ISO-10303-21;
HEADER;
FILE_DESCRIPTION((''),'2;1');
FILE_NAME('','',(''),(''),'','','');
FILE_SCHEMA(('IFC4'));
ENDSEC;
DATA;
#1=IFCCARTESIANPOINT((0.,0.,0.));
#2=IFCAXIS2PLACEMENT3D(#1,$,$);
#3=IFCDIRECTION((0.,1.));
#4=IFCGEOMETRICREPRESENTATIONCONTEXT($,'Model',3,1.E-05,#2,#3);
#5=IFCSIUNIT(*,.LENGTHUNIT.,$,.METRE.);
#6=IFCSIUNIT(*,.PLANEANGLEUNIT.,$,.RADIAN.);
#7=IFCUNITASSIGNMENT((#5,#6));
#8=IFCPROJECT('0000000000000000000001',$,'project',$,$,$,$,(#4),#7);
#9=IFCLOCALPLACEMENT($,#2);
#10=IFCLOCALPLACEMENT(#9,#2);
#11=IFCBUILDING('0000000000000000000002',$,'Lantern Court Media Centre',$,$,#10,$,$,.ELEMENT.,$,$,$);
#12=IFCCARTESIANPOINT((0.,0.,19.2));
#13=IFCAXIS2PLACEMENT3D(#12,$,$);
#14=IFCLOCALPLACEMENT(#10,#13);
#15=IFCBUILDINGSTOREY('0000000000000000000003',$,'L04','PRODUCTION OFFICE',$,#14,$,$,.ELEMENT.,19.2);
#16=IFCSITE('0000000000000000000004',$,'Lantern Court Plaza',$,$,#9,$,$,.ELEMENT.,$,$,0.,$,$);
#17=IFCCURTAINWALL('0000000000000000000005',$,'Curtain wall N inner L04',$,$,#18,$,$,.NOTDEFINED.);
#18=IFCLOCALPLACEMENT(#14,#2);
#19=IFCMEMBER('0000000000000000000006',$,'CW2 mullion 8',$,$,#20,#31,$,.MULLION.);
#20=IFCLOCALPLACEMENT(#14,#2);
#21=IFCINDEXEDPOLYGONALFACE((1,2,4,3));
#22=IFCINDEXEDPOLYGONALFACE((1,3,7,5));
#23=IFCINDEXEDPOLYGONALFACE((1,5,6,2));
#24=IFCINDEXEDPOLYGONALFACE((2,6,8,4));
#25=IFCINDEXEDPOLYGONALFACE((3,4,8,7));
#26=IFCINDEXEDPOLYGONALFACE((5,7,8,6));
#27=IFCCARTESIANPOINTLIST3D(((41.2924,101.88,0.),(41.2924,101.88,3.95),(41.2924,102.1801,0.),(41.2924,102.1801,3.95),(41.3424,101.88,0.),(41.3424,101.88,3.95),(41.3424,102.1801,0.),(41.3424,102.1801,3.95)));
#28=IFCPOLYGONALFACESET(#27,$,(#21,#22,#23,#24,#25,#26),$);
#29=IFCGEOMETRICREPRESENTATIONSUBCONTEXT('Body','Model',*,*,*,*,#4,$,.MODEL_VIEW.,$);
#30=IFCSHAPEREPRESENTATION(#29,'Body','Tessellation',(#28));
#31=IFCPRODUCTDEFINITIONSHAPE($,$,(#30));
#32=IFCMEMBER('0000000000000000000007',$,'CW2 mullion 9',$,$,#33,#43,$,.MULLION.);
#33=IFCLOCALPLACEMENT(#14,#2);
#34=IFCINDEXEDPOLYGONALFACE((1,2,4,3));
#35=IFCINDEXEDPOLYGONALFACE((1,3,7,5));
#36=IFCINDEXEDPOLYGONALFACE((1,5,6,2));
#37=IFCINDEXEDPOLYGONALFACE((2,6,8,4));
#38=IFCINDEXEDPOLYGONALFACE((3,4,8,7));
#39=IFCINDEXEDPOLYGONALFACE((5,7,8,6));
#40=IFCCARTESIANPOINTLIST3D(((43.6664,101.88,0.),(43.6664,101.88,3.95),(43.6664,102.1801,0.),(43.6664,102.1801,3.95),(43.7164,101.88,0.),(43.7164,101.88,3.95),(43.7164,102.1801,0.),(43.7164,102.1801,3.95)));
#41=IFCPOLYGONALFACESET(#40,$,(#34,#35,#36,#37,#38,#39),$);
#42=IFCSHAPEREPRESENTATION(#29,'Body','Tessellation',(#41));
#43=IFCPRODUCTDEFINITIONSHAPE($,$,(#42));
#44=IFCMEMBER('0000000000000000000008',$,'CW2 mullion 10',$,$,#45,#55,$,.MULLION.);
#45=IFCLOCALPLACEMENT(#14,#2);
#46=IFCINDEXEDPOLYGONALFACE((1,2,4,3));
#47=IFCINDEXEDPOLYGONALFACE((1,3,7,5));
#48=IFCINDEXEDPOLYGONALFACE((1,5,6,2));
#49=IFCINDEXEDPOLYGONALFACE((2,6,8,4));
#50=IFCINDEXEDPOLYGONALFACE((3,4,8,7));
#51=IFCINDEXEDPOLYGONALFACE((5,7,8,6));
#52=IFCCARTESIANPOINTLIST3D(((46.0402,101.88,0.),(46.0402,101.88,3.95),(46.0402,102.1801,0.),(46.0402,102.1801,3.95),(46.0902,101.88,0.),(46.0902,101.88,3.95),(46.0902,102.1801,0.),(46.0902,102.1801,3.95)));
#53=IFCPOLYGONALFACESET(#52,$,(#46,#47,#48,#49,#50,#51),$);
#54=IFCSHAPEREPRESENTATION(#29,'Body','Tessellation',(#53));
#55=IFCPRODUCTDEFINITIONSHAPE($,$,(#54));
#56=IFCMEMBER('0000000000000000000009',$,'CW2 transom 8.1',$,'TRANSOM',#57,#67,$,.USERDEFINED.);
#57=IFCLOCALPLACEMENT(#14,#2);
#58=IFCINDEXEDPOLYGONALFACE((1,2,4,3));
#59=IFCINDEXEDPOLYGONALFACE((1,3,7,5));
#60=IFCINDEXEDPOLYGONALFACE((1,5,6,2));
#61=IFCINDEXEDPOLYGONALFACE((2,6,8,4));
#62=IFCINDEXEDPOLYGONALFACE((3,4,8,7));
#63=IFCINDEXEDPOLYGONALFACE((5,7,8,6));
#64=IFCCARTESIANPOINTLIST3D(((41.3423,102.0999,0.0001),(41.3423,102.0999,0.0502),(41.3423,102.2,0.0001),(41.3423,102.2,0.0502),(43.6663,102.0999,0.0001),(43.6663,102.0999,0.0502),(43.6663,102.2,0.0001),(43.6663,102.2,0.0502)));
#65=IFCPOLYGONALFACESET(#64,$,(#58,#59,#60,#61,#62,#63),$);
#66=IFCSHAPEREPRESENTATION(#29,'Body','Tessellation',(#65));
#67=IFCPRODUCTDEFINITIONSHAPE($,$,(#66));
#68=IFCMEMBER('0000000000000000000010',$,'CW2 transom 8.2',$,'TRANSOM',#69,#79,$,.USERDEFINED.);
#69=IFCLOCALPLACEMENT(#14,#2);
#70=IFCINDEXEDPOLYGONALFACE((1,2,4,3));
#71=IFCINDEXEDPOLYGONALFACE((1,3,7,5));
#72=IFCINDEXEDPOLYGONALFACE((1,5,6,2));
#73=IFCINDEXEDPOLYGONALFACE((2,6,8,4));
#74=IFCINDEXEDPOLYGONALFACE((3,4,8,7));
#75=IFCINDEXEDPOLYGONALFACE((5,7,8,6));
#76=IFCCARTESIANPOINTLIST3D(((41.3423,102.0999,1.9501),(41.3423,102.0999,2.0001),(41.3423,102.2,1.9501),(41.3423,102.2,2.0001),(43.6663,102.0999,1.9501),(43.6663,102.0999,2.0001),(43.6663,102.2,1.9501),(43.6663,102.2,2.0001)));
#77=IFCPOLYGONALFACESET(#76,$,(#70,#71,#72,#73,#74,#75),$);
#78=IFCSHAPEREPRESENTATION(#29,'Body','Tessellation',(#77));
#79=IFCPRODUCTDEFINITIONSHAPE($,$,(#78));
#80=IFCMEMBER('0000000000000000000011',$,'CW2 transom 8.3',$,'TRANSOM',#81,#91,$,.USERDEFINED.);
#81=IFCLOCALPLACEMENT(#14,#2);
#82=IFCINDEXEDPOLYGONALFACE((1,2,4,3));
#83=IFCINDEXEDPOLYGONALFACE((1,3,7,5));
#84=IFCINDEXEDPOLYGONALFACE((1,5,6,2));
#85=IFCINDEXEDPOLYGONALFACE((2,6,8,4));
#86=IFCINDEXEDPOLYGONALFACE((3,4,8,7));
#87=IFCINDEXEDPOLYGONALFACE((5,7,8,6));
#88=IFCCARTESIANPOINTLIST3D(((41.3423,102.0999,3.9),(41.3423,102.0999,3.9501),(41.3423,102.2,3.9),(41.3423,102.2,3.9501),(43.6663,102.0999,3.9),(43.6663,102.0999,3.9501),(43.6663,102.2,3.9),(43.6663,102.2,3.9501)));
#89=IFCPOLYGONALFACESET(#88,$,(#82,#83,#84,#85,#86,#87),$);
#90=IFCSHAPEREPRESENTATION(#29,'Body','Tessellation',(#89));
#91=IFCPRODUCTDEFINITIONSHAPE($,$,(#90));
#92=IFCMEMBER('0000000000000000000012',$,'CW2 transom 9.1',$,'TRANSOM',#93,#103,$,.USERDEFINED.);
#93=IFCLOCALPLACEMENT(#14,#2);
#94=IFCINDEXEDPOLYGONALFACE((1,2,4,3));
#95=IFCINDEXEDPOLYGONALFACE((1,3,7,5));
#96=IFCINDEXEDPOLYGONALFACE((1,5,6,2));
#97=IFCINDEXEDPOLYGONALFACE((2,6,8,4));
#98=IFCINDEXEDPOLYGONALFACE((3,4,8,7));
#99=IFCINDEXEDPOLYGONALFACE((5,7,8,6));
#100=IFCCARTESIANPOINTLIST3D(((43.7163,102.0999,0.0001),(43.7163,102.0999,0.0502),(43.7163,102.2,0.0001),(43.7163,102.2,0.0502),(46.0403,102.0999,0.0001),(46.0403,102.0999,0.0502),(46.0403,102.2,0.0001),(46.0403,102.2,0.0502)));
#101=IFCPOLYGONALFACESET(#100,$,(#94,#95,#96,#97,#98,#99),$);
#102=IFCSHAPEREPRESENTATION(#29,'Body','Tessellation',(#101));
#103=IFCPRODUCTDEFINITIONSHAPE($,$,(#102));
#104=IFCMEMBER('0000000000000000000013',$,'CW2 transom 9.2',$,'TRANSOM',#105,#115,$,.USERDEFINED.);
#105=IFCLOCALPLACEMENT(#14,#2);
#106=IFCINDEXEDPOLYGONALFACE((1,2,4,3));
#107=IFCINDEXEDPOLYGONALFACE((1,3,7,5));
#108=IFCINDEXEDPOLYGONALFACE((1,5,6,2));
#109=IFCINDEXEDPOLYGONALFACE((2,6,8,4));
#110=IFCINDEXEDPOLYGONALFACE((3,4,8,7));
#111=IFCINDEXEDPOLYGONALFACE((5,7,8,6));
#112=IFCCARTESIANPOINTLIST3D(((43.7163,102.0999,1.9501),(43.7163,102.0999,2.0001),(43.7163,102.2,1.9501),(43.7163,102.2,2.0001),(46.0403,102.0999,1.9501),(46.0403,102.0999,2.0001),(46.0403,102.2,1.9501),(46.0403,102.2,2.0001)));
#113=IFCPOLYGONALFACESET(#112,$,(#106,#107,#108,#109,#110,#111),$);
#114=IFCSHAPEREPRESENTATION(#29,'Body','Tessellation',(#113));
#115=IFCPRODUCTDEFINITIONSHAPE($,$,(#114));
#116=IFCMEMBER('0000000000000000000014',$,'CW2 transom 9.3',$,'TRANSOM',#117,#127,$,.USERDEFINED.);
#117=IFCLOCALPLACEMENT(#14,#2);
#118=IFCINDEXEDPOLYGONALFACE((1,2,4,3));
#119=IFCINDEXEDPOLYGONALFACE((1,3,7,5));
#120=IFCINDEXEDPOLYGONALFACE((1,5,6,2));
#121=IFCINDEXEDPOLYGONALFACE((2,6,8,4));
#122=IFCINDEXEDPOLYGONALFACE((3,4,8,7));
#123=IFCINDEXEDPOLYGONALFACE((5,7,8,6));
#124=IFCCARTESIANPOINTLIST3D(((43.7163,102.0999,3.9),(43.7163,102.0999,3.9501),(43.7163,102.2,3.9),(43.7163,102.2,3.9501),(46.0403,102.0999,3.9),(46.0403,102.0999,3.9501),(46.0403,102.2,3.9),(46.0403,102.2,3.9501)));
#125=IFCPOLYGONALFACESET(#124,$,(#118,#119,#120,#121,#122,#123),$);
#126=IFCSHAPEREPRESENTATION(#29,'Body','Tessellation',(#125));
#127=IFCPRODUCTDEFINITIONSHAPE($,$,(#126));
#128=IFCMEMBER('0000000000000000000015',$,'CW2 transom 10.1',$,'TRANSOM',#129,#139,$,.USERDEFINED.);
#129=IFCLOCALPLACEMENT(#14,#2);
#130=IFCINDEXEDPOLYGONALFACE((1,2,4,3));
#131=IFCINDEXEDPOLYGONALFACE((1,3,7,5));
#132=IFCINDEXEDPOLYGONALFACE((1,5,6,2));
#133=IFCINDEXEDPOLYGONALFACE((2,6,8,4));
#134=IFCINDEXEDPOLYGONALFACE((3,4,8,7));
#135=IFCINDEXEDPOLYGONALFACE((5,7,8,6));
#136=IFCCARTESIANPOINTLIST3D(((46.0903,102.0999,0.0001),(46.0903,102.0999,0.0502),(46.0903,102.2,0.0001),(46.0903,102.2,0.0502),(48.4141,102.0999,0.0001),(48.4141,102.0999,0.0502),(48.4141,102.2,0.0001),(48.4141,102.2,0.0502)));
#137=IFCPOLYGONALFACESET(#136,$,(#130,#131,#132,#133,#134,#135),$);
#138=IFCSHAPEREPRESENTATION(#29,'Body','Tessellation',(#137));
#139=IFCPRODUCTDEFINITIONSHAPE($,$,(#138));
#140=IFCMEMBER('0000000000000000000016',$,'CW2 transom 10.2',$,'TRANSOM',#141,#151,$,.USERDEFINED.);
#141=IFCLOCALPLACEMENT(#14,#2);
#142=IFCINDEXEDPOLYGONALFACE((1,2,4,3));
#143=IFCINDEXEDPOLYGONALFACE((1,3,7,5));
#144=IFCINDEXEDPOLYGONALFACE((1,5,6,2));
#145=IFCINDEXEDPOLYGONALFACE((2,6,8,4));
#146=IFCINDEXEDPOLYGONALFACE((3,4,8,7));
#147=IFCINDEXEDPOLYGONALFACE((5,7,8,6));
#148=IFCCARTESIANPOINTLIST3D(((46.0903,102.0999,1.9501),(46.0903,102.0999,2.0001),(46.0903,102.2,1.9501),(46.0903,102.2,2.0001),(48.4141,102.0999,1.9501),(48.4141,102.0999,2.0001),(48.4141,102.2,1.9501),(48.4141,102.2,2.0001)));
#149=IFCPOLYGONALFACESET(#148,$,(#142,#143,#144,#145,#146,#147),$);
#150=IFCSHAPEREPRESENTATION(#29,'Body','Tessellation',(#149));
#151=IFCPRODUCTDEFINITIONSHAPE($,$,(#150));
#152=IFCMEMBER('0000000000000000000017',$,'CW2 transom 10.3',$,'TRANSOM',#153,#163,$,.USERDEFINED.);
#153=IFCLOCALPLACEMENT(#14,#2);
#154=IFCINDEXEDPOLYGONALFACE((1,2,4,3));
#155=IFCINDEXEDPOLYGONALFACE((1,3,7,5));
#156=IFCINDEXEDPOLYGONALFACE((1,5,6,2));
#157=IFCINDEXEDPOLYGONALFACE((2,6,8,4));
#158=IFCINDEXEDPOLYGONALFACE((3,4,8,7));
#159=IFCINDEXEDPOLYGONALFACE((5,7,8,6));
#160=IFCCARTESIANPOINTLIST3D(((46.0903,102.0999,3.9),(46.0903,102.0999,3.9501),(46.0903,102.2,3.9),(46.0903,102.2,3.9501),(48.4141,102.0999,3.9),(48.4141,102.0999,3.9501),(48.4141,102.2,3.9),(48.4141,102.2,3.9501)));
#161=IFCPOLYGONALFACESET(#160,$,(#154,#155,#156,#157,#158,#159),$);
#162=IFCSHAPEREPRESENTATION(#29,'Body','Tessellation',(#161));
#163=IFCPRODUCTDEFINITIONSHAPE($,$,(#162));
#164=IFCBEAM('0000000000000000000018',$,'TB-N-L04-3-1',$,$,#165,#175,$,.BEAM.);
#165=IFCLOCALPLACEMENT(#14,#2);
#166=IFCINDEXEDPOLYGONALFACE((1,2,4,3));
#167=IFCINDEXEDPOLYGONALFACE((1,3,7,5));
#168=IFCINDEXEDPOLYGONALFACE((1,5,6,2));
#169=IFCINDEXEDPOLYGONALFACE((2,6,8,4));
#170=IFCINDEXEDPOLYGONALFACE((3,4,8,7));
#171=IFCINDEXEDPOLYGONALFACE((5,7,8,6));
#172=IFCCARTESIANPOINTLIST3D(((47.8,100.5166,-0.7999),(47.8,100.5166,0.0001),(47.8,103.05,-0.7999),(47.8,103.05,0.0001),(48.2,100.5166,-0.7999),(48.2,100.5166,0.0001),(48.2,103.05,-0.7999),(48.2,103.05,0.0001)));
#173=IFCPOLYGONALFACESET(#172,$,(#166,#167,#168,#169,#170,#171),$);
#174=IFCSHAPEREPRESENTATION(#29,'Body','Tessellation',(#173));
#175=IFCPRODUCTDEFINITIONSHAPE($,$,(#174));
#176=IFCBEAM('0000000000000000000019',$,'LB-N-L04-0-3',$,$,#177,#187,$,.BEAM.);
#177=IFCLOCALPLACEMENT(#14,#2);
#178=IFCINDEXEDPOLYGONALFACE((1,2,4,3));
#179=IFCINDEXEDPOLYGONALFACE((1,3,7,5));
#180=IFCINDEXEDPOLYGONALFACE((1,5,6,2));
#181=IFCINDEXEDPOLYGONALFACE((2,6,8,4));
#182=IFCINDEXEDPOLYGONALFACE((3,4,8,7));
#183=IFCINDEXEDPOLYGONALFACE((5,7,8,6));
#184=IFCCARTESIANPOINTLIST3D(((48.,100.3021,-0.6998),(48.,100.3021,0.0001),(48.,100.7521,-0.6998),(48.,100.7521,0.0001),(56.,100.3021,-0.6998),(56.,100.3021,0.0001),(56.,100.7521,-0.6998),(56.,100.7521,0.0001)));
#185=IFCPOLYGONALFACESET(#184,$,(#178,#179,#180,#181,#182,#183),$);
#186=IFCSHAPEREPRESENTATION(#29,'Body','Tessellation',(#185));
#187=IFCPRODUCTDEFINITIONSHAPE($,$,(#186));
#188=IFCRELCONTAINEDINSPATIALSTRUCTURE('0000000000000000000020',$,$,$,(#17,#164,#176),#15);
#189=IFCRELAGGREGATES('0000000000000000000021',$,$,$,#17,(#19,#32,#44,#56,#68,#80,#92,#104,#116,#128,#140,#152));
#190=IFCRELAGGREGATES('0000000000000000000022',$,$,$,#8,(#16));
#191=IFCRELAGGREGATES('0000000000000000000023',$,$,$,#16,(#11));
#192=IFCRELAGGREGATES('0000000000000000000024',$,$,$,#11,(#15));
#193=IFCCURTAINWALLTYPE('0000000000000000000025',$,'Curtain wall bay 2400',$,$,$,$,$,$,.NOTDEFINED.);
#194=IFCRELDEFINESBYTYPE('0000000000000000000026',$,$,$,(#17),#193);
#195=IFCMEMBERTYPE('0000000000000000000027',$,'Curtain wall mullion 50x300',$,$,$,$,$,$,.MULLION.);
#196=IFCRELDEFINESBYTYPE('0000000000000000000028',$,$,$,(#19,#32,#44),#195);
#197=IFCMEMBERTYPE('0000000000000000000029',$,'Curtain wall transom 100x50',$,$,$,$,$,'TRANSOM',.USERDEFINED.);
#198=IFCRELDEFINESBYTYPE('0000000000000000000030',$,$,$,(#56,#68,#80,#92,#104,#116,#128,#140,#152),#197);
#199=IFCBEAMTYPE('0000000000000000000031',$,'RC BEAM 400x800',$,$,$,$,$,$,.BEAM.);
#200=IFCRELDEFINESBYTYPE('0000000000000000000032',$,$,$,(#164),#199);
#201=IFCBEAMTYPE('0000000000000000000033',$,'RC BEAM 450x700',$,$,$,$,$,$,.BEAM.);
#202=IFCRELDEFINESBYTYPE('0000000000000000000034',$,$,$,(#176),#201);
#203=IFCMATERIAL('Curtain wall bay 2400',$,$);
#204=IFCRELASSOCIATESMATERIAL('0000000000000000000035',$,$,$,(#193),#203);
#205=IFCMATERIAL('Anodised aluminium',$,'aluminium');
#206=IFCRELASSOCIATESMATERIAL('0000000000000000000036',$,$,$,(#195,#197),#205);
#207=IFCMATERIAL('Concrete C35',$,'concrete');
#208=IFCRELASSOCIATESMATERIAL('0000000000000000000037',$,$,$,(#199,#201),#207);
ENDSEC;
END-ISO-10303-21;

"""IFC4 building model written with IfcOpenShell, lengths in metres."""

from ifc_helpers import new_model, si_unit, direction, frame, origin, origin_2d, place, context, subcontext, project, spatial, rectangle, extrude, material, material_profile, profile_set, type_object, element, aggregate, save


model = new_model("IFC4")

# Units and contexts
model_context = context("Model", 3, precision=1e-05, world=origin(), true_north=direction((0.0, 1.0)))
body_context = subcontext(model_context, "Body", "Model", "MODEL_VIEW")
ifc_project = project(units=[si_unit("LENGTHUNIT", "METRE"), si_unit("PLANEANGLEUNIT", "RADIAN")], contexts=[model_context])

# Site, building, storey
site_placement = place(None, origin())
site = spatial("IfcSite", under=ifc_project, at=site_placement, Name="Lantern Court Plaza", CompositionType="ELEMENT", RefElevation=0.0)
building_placement = place(site_placement, origin())
building = spatial("IfcBuilding", under=site, at=building_placement, Name="Lantern Court Media Centre", CompositionType="ELEMENT")
storey_placement = place(building_placement, frame((0.0, 0.0, 19.2)))
storey = spatial("IfcBuildingStorey", under=building, at=storey_placement, Name="L04", Description="PRODUCTION OFFICE", CompositionType="ELEMENT", Elevation=19.2)

# Curtain wall, members
ifc_material_1 = material(Name="Curtain wall bay 2400")
curtain_wall_type = type_object("IfcCurtainWallType", Name="Curtain wall bay 2400", PredefinedType="NOTDEFINED", material=ifc_material_1)
curtain_wall_placement = place(storey_placement, origin())
curtain_wall = element("IfcCurtainWall", 1, at=curtain_wall_placement, inside=storey, type_object=curtain_wall_type, Name="Curtain wall N inner L04", PredefinedType="NOTDEFINED")
ifc_material_2 = material(Name="Anodised aluminium", Category="aluminium")
ifc_material_profile_1 = material_profile(ifc_material_2, rectangle(XDim=0.3, YDim=0.05, at=origin_2d()), Name="AL 50x300")
ifc_profile_set_1 = profile_set([ifc_material_profile_1], Name="Anodised aluminium")
member_type_1 = type_object("IfcMemberType", Name="Curtain wall mullion 50x300", PredefinedType="MULLION", material=ifc_profile_set_1)
member_1_placement = place(storey_placement, frame((41.3174, 102.03, 0.0), z_axis=(0.0, 0.0, 1.0), x_axis=(0.0, 1.0, 0.0)))
member_1 = element("IfcMember", 2, at=member_1_placement, type_object=member_type_1, Name="CW2 mullion 8", PredefinedType="MULLION", context=body_context, shape_type="SweptSolid", body=[
    extrude(rectangle(XDim=0.3, YDim=0.05, at=origin_2d()), origin(), (0.0, 0.0, 1.0), 3.95),
])
member_2_placement = place(storey_placement, frame((43.6914, 102.03, 0.0), z_axis=(0.0, 0.0, 1.0), x_axis=(0.0, 1.0, 0.0)))
member_2 = element("IfcMember", 3, at=member_2_placement, type_object=member_type_1, Name="CW2 mullion 9", PredefinedType="MULLION", context=body_context, shape_type="SweptSolid", body=[
    extrude(rectangle(XDim=0.3, YDim=0.05, at=origin_2d()), origin(), (0.0, 0.0, 1.0), 3.95),
])
member_3_placement = place(storey_placement, frame((46.0652, 102.03, 0.0), z_axis=(0.0, 0.0, 1.0), x_axis=(0.0, 1.0, 0.0)))
member_3 = element("IfcMember", 4, at=member_3_placement, type_object=member_type_1, Name="CW2 mullion 10", PredefinedType="MULLION", context=body_context, shape_type="SweptSolid", body=[
    extrude(rectangle(XDim=0.3, YDim=0.05, at=origin_2d()), origin(), (0.0, 0.0, 1.0), 3.95),
])
ifc_material_profile_2 = material_profile(ifc_material_2, rectangle(XDim=0.1001, YDim=0.05, at=origin_2d()), Name="AL 50x100")
ifc_profile_set_2 = profile_set([ifc_material_profile_2], Name="Anodised aluminium")
member_type_2 = type_object("IfcMemberType", Name="Curtain wall transom 100x50", ElementType="TRANSOM", PredefinedType="USERDEFINED", material=ifc_profile_set_2)
member_4_placement = place(storey_placement, frame((41.3423, 102.1499, 0.0251), z_axis=(1.0, 0.0, 0.0), x_axis=(0.0, 1.0, 0.0)))
member_4 = element("IfcMember", 5, at=member_4_placement, type_object=member_type_2, Name="CW2 transom 8.1", ObjectType="TRANSOM", PredefinedType="USERDEFINED", context=body_context, shape_type="SweptSolid", body=[
    extrude(rectangle(XDim=0.1001, YDim=0.05, at=origin_2d()), origin(), (0.0, 0.0, 1.0), 2.324),
])
member_5_placement = place(storey_placement, frame((41.3423, 102.1499, 1.9751), z_axis=(1.0, 0.0, 0.0), x_axis=(0.0, 1.0, 0.0)))
member_5 = element("IfcMember", 6, at=member_5_placement, type_object=member_type_2, Name="CW2 transom 8.2", ObjectType="TRANSOM", PredefinedType="USERDEFINED", context=body_context, shape_type="SweptSolid", body=[
    extrude(rectangle(XDim=0.1001, YDim=0.05, at=origin_2d()), origin(), (0.0, 0.0, 1.0), 2.324),
])
member_6_placement = place(storey_placement, frame((41.3423, 102.1499, 3.925), z_axis=(1.0, 0.0, 0.0), x_axis=(0.0, 1.0, 0.0)))
member_6 = element("IfcMember", 7, at=member_6_placement, type_object=member_type_2, Name="CW2 transom 8.3", ObjectType="TRANSOM", PredefinedType="USERDEFINED", context=body_context, shape_type="SweptSolid", body=[
    extrude(rectangle(XDim=0.1001, YDim=0.05, at=origin_2d()), origin(), (0.0, 0.0, 1.0), 2.324),
])
member_7_placement = place(storey_placement, frame((43.7163, 102.1499, 0.0251), z_axis=(1.0, 0.0, 0.0), x_axis=(0.0, 1.0, 0.0)))
member_7 = element("IfcMember", 8, at=member_7_placement, type_object=member_type_2, Name="CW2 transom 9.1", ObjectType="TRANSOM", PredefinedType="USERDEFINED", context=body_context, shape_type="SweptSolid", body=[
    extrude(rectangle(XDim=0.1001, YDim=0.05, at=origin_2d()), origin(), (0.0, 0.0, 1.0), 2.324),
])
member_8_placement = place(storey_placement, frame((43.7163, 102.1499, 1.9751), z_axis=(1.0, 0.0, 0.0), x_axis=(0.0, 1.0, 0.0)))
member_8 = element("IfcMember", 9, at=member_8_placement, type_object=member_type_2, Name="CW2 transom 9.2", ObjectType="TRANSOM", PredefinedType="USERDEFINED", context=body_context, shape_type="SweptSolid", body=[
    extrude(rectangle(XDim=0.1001, YDim=0.05, at=origin_2d()), origin(), (0.0, 0.0, 1.0), 2.324),
])
member_9_placement = place(storey_placement, frame((43.7163, 102.1499, 3.925), z_axis=(1.0, 0.0, 0.0), x_axis=(0.0, 1.0, 0.0)))
member_9 = element("IfcMember", 10, at=member_9_placement, type_object=member_type_2, Name="CW2 transom 9.3", ObjectType="TRANSOM", PredefinedType="USERDEFINED", context=body_context, shape_type="SweptSolid", body=[
    extrude(rectangle(XDim=0.1001, YDim=0.05, at=origin_2d()), origin(), (0.0, 0.0, 1.0), 2.324),
])
member_10_placement = place(storey_placement, frame((46.0903, 102.1499, 0.0251), z_axis=(1.0, 0.0, 0.0), x_axis=(0.0, 1.0, 0.0)))
member_10 = element("IfcMember", 11, at=member_10_placement, type_object=member_type_2, Name="CW2 transom 10.1", ObjectType="TRANSOM", PredefinedType="USERDEFINED", context=body_context, shape_type="SweptSolid", body=[
    extrude(rectangle(XDim=0.1001, YDim=0.05, at=origin_2d()), origin(), (0.0, 0.0, 1.0), 2.3237),
])
member_11_placement = place(storey_placement, frame((46.0903, 102.1499, 1.9751), z_axis=(1.0, 0.0, 0.0), x_axis=(0.0, 1.0, 0.0)))
member_11 = element("IfcMember", 12, at=member_11_placement, type_object=member_type_2, Name="CW2 transom 10.2", ObjectType="TRANSOM", PredefinedType="USERDEFINED", context=body_context, shape_type="SweptSolid", body=[
    extrude(rectangle(XDim=0.1001, YDim=0.05, at=origin_2d()), origin(), (0.0, 0.0, 1.0), 2.3237),
])
member_12_placement = place(storey_placement, frame((46.0903, 102.1499, 3.925), z_axis=(1.0, 0.0, 0.0), x_axis=(0.0, 1.0, 0.0)))
member_12 = element("IfcMember", 13, at=member_12_placement, type_object=member_type_2, Name="CW2 transom 10.3", ObjectType="TRANSOM", PredefinedType="USERDEFINED", context=body_context, shape_type="SweptSolid", body=[
    extrude(rectangle(XDim=0.1001, YDim=0.05, at=origin_2d()), origin(), (0.0, 0.0, 1.0), 2.3237),
])

# Beams
ifc_material_3 = material(Name="Concrete C35", Category="concrete")
ifc_material_profile_3 = material_profile(ifc_material_3, rectangle(XDim=0.3999, YDim=0.8, at=origin_2d()), Name="RC 400x800")
ifc_profile_set_3 = profile_set([ifc_material_profile_3], Name="Concrete C35")
beam_type_1 = type_object("IfcBeamType", Name="RC BEAM 400x800", PredefinedType="BEAM", material=ifc_profile_set_3)
beam_1_placement = place(storey_placement, frame((48.0, 100.5166, -0.3999), z_axis=(0.0, 1.0, 0.0), x_axis=(-1.0, 0.0, 0.0)))
element("IfcBeam", 14, at=beam_1_placement, inside=storey, type_object=beam_type_1, Name="TB-N-L04-3-1", PredefinedType="BEAM", context=body_context, shape_type="SweptSolid", body=[
    extrude(rectangle(XDim=0.3999, YDim=0.8, at=origin_2d()), origin(), (0.0, 0.0, 1.0), 2.5334),
])
ifc_material_profile_4 = material_profile(ifc_material_3, rectangle(XDim=0.45, YDim=0.7, at=origin_2d()), Name="RC 450x700")
ifc_profile_set_4 = profile_set([ifc_material_profile_4], Name="Concrete C35")
beam_type_2 = type_object("IfcBeamType", Name="RC BEAM 450x700", PredefinedType="BEAM", material=ifc_profile_set_4)
beam_2_placement = place(storey_placement, frame((48.0, 100.5271, -0.3499), z_axis=(1.0, 0.0, 0.0), x_axis=(0.0, 1.0, 0.0)))
element("IfcBeam", 15, at=beam_2_placement, inside=storey, type_object=beam_type_2, Name="LB-N-L04-0-3", PredefinedType="BEAM", context=body_context, shape_type="SweptSolid", body=[
    extrude(rectangle(XDim=0.45, YDim=0.7, at=origin_2d()), origin(), (0.0, 0.0, 1.0), 8.0),
])

aggregate(curtain_wall, [member_1, member_2, member_3, member_4, member_5, member_6, member_7, member_8, member_9, member_10, member_11, member_12])

save(model, "model.ifc")
